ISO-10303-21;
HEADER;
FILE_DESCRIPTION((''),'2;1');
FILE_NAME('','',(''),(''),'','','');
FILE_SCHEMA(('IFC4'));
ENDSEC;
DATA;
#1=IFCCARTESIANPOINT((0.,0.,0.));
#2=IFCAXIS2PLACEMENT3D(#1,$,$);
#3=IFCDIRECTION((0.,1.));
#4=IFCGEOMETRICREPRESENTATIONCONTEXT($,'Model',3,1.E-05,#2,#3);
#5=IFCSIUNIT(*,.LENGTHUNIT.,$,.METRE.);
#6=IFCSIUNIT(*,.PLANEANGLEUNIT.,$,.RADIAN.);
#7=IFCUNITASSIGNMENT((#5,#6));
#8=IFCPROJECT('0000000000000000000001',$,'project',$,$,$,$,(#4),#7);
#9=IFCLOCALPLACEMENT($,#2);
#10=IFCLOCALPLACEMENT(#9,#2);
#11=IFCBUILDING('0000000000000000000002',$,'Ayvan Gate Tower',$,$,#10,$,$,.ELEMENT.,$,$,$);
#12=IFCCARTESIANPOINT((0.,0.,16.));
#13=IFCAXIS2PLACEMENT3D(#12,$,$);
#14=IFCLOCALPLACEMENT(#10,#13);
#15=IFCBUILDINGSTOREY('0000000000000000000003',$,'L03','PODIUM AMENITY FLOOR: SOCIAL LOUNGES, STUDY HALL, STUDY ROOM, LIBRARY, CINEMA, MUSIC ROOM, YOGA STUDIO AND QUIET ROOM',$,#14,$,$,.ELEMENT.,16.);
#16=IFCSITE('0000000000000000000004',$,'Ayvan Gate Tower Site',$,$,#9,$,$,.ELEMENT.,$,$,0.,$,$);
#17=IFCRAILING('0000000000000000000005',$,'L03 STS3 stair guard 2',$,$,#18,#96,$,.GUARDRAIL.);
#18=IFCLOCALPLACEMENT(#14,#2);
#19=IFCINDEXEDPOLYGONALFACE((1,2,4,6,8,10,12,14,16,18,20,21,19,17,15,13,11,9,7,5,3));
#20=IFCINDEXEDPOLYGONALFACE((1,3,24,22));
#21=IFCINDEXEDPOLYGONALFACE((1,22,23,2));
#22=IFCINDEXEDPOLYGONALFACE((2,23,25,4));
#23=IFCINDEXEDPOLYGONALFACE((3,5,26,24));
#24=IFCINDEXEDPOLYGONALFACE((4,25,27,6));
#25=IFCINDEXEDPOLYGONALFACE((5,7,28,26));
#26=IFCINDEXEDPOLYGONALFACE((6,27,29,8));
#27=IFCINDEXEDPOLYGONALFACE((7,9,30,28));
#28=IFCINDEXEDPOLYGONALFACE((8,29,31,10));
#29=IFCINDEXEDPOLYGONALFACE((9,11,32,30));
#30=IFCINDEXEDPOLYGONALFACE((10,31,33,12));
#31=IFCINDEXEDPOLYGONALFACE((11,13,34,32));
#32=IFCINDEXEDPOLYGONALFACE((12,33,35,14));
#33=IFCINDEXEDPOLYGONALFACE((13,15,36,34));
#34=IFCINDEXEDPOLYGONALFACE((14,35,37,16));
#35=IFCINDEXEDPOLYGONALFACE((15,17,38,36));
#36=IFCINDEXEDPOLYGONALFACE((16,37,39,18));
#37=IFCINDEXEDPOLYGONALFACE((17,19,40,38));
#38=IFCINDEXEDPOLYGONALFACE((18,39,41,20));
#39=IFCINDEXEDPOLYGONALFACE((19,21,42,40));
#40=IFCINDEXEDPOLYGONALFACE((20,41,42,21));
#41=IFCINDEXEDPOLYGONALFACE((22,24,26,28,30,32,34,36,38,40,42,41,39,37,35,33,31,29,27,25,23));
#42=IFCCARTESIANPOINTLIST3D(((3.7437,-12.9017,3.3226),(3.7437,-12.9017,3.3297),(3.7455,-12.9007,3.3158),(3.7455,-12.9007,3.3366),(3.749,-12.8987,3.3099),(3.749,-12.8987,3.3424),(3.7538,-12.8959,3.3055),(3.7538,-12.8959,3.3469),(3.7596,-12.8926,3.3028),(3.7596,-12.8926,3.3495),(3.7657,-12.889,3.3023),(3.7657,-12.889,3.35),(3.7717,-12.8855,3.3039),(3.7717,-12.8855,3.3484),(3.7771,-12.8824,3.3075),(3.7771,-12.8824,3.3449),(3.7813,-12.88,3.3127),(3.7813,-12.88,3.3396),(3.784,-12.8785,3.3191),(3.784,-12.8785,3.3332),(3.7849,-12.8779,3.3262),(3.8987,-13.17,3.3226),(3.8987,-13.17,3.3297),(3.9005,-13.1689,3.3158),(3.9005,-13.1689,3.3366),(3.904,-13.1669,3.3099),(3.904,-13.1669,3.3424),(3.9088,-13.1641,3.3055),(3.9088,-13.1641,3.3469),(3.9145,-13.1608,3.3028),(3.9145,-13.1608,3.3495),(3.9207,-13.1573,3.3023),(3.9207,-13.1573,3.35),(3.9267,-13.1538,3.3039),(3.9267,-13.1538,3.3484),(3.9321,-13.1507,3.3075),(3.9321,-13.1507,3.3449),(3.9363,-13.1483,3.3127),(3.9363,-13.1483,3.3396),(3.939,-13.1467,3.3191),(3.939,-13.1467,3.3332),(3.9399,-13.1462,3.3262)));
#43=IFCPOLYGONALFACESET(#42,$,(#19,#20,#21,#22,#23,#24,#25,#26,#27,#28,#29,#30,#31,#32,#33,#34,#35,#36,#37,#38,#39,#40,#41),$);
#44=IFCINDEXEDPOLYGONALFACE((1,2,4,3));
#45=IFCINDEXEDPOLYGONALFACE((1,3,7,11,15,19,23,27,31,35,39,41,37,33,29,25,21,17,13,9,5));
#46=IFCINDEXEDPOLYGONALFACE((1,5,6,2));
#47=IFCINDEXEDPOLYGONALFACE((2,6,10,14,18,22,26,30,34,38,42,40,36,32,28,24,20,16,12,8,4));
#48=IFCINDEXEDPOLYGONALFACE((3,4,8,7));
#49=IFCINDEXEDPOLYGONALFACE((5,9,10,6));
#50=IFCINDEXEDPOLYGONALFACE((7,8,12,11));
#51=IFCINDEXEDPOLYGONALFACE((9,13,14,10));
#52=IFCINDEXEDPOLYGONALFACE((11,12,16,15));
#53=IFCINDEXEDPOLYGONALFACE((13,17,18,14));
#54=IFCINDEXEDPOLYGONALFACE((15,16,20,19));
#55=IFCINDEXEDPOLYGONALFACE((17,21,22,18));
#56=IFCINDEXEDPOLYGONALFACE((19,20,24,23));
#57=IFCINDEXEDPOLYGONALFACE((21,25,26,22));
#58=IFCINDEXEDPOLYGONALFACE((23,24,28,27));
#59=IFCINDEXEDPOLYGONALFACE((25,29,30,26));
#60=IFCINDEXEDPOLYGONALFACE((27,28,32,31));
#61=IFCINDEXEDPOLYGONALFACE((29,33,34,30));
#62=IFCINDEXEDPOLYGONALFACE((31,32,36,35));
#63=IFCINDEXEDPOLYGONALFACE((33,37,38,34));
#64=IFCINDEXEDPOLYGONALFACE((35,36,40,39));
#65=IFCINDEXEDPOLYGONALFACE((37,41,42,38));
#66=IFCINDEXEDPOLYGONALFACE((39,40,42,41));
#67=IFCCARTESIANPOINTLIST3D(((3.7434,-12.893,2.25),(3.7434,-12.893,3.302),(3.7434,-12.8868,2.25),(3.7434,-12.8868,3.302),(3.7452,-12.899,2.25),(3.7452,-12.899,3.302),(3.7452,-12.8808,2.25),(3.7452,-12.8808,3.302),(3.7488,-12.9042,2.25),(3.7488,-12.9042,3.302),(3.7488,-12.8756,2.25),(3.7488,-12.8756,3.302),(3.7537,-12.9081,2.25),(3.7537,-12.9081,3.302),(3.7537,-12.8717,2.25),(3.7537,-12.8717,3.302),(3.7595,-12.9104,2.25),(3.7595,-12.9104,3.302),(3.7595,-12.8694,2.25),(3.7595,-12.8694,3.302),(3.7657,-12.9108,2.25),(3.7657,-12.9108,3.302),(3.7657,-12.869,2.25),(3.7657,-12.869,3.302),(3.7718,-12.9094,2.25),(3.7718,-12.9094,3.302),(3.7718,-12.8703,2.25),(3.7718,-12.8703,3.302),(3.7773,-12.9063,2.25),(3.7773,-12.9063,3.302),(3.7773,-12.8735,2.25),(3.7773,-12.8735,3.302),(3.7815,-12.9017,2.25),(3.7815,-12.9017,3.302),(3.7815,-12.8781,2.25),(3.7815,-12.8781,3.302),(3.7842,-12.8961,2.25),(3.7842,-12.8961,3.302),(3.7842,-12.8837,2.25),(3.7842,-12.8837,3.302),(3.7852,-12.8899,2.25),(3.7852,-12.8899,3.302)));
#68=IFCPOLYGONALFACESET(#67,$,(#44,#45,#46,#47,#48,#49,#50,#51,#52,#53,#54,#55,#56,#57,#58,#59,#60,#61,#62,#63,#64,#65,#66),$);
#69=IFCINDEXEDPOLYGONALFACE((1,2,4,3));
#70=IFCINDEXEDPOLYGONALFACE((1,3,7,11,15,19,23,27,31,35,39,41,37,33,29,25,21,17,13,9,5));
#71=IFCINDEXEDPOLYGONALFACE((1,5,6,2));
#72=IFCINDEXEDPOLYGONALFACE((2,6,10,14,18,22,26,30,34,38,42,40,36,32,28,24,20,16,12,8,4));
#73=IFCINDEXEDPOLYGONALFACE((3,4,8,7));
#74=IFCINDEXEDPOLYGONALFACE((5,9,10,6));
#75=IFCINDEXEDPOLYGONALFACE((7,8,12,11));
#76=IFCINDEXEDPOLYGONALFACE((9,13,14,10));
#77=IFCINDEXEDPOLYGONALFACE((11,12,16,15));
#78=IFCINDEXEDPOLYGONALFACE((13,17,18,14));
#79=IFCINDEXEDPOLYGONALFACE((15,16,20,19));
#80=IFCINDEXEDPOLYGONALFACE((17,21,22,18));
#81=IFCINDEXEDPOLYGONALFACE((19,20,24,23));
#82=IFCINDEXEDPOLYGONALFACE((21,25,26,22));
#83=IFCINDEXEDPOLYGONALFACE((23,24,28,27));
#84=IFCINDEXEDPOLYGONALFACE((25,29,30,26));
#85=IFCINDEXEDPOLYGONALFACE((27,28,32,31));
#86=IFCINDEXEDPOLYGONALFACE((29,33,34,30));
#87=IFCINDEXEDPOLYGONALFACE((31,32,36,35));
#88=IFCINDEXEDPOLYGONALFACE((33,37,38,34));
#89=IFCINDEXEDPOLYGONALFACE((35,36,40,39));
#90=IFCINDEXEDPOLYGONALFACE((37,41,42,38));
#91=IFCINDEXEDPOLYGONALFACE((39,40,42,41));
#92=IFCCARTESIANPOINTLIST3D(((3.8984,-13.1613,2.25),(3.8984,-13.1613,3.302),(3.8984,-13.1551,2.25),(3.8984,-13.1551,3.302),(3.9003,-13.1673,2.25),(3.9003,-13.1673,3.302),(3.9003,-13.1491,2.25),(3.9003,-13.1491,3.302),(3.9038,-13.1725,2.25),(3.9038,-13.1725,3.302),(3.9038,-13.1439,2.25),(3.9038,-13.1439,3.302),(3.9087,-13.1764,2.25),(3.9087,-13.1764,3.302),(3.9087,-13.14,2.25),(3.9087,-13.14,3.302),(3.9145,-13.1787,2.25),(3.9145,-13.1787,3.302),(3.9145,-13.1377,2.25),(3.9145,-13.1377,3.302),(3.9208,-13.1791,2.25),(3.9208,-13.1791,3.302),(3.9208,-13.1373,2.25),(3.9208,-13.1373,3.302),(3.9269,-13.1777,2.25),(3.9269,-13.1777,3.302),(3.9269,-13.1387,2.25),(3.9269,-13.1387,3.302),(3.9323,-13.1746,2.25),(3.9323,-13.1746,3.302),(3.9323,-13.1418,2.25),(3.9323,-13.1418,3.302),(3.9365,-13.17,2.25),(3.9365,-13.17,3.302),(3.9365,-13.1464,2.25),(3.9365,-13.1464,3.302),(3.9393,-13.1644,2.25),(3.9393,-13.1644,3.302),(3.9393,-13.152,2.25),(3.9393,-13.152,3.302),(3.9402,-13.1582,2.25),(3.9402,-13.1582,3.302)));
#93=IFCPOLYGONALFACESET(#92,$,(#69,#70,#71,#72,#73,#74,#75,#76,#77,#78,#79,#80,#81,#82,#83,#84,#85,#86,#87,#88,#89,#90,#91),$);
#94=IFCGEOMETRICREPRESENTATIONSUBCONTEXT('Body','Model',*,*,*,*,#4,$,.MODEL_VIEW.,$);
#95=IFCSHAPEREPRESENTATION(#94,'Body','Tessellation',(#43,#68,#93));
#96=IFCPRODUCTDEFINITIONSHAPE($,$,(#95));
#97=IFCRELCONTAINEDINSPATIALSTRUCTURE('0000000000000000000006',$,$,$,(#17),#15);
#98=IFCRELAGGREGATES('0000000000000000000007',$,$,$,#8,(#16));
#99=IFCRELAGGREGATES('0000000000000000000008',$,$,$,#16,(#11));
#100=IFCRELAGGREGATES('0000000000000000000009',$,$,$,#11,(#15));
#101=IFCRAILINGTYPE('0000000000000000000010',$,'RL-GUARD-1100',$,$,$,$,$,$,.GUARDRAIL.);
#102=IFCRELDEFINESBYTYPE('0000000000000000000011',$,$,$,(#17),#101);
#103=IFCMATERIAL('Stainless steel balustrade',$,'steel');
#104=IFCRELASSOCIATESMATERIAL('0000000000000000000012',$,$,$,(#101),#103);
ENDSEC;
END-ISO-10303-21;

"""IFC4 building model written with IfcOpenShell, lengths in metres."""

from ifc_helpers import new_model, si_unit, direction, frame, origin, origin_2d, place, context, subcontext, project, spatial, circle, extrude, material, type_object, element, save


model = new_model("IFC4")

# Units and contexts
model_context = context("Model", 3, precision=1e-05, world=origin(), true_north=direction((0.0, 1.0)))
body_context = subcontext(model_context, "Body", "Model", "MODEL_VIEW")
ifc_project = project(units=[si_unit("LENGTHUNIT", "METRE"), si_unit("PLANEANGLEUNIT", "RADIAN")], contexts=[model_context])

# Site, building, storey
site_placement = place(None, origin())
site = spatial("IfcSite", under=ifc_project, at=site_placement, Name="Ayvan Gate Tower Site", CompositionType="ELEMENT", RefElevation=0.0)
building_placement = place(site_placement, origin())
building = spatial("IfcBuilding", under=site, at=building_placement, Name="Ayvan Gate Tower", CompositionType="ELEMENT")
storey_placement = place(building_placement, frame((0.0, 0.0, 16.0)))
storey = spatial("IfcBuildingStorey", under=building, at=storey_placement, Name="L03", Description="PODIUM AMENITY FLOOR: SOCIAL LOUNGES, STUDY HALL, STUDY ROOM, LIBRARY, CINEMA, MUSIC ROOM, YOGA STUDIO AND QUIET ROOM", CompositionType="ELEMENT", Elevation=16.0)

# Railing
ifc_material_1 = material(Name="Stainless steel balustrade", Category="steel")
railing_type_1 = type_object("IfcRailingType", Name="RL-GUARD-1100", PredefinedType="GUARDRAIL", material=ifc_material_1)
railing_1_placement = place(storey_placement, frame((3.7642, -12.8899, 2.25)))
element("IfcRailing", 1, at=railing_1_placement, inside=storey, type_object=railing_type_1, Name="L03 STS3 stair guard 2", PredefinedType="GUARDRAIL", context=body_context, shape_type="SweptSolid", body=[
    extrude(circle(Radius=0.0239, at=origin_2d()), frame((0.0, 0.0, 1.0762), z_axis=(0.500291, -0.865857, 0.0), x_axis=(0.865857, 0.500291, 0.0)), (0.0, 0.0, 1.0), 0.3098),
    extrude(circle(Radius=0.021, at=origin_2d()), origin(), (0.0, 0.0, 1.0), 1.052),
    extrude(circle(Radius=0.021, at=origin_2d()), frame((0.155, -0.2683, 0.0)), (0.0, 0.0, 1.0), 1.052),
])

save(model, "model.ifc")
